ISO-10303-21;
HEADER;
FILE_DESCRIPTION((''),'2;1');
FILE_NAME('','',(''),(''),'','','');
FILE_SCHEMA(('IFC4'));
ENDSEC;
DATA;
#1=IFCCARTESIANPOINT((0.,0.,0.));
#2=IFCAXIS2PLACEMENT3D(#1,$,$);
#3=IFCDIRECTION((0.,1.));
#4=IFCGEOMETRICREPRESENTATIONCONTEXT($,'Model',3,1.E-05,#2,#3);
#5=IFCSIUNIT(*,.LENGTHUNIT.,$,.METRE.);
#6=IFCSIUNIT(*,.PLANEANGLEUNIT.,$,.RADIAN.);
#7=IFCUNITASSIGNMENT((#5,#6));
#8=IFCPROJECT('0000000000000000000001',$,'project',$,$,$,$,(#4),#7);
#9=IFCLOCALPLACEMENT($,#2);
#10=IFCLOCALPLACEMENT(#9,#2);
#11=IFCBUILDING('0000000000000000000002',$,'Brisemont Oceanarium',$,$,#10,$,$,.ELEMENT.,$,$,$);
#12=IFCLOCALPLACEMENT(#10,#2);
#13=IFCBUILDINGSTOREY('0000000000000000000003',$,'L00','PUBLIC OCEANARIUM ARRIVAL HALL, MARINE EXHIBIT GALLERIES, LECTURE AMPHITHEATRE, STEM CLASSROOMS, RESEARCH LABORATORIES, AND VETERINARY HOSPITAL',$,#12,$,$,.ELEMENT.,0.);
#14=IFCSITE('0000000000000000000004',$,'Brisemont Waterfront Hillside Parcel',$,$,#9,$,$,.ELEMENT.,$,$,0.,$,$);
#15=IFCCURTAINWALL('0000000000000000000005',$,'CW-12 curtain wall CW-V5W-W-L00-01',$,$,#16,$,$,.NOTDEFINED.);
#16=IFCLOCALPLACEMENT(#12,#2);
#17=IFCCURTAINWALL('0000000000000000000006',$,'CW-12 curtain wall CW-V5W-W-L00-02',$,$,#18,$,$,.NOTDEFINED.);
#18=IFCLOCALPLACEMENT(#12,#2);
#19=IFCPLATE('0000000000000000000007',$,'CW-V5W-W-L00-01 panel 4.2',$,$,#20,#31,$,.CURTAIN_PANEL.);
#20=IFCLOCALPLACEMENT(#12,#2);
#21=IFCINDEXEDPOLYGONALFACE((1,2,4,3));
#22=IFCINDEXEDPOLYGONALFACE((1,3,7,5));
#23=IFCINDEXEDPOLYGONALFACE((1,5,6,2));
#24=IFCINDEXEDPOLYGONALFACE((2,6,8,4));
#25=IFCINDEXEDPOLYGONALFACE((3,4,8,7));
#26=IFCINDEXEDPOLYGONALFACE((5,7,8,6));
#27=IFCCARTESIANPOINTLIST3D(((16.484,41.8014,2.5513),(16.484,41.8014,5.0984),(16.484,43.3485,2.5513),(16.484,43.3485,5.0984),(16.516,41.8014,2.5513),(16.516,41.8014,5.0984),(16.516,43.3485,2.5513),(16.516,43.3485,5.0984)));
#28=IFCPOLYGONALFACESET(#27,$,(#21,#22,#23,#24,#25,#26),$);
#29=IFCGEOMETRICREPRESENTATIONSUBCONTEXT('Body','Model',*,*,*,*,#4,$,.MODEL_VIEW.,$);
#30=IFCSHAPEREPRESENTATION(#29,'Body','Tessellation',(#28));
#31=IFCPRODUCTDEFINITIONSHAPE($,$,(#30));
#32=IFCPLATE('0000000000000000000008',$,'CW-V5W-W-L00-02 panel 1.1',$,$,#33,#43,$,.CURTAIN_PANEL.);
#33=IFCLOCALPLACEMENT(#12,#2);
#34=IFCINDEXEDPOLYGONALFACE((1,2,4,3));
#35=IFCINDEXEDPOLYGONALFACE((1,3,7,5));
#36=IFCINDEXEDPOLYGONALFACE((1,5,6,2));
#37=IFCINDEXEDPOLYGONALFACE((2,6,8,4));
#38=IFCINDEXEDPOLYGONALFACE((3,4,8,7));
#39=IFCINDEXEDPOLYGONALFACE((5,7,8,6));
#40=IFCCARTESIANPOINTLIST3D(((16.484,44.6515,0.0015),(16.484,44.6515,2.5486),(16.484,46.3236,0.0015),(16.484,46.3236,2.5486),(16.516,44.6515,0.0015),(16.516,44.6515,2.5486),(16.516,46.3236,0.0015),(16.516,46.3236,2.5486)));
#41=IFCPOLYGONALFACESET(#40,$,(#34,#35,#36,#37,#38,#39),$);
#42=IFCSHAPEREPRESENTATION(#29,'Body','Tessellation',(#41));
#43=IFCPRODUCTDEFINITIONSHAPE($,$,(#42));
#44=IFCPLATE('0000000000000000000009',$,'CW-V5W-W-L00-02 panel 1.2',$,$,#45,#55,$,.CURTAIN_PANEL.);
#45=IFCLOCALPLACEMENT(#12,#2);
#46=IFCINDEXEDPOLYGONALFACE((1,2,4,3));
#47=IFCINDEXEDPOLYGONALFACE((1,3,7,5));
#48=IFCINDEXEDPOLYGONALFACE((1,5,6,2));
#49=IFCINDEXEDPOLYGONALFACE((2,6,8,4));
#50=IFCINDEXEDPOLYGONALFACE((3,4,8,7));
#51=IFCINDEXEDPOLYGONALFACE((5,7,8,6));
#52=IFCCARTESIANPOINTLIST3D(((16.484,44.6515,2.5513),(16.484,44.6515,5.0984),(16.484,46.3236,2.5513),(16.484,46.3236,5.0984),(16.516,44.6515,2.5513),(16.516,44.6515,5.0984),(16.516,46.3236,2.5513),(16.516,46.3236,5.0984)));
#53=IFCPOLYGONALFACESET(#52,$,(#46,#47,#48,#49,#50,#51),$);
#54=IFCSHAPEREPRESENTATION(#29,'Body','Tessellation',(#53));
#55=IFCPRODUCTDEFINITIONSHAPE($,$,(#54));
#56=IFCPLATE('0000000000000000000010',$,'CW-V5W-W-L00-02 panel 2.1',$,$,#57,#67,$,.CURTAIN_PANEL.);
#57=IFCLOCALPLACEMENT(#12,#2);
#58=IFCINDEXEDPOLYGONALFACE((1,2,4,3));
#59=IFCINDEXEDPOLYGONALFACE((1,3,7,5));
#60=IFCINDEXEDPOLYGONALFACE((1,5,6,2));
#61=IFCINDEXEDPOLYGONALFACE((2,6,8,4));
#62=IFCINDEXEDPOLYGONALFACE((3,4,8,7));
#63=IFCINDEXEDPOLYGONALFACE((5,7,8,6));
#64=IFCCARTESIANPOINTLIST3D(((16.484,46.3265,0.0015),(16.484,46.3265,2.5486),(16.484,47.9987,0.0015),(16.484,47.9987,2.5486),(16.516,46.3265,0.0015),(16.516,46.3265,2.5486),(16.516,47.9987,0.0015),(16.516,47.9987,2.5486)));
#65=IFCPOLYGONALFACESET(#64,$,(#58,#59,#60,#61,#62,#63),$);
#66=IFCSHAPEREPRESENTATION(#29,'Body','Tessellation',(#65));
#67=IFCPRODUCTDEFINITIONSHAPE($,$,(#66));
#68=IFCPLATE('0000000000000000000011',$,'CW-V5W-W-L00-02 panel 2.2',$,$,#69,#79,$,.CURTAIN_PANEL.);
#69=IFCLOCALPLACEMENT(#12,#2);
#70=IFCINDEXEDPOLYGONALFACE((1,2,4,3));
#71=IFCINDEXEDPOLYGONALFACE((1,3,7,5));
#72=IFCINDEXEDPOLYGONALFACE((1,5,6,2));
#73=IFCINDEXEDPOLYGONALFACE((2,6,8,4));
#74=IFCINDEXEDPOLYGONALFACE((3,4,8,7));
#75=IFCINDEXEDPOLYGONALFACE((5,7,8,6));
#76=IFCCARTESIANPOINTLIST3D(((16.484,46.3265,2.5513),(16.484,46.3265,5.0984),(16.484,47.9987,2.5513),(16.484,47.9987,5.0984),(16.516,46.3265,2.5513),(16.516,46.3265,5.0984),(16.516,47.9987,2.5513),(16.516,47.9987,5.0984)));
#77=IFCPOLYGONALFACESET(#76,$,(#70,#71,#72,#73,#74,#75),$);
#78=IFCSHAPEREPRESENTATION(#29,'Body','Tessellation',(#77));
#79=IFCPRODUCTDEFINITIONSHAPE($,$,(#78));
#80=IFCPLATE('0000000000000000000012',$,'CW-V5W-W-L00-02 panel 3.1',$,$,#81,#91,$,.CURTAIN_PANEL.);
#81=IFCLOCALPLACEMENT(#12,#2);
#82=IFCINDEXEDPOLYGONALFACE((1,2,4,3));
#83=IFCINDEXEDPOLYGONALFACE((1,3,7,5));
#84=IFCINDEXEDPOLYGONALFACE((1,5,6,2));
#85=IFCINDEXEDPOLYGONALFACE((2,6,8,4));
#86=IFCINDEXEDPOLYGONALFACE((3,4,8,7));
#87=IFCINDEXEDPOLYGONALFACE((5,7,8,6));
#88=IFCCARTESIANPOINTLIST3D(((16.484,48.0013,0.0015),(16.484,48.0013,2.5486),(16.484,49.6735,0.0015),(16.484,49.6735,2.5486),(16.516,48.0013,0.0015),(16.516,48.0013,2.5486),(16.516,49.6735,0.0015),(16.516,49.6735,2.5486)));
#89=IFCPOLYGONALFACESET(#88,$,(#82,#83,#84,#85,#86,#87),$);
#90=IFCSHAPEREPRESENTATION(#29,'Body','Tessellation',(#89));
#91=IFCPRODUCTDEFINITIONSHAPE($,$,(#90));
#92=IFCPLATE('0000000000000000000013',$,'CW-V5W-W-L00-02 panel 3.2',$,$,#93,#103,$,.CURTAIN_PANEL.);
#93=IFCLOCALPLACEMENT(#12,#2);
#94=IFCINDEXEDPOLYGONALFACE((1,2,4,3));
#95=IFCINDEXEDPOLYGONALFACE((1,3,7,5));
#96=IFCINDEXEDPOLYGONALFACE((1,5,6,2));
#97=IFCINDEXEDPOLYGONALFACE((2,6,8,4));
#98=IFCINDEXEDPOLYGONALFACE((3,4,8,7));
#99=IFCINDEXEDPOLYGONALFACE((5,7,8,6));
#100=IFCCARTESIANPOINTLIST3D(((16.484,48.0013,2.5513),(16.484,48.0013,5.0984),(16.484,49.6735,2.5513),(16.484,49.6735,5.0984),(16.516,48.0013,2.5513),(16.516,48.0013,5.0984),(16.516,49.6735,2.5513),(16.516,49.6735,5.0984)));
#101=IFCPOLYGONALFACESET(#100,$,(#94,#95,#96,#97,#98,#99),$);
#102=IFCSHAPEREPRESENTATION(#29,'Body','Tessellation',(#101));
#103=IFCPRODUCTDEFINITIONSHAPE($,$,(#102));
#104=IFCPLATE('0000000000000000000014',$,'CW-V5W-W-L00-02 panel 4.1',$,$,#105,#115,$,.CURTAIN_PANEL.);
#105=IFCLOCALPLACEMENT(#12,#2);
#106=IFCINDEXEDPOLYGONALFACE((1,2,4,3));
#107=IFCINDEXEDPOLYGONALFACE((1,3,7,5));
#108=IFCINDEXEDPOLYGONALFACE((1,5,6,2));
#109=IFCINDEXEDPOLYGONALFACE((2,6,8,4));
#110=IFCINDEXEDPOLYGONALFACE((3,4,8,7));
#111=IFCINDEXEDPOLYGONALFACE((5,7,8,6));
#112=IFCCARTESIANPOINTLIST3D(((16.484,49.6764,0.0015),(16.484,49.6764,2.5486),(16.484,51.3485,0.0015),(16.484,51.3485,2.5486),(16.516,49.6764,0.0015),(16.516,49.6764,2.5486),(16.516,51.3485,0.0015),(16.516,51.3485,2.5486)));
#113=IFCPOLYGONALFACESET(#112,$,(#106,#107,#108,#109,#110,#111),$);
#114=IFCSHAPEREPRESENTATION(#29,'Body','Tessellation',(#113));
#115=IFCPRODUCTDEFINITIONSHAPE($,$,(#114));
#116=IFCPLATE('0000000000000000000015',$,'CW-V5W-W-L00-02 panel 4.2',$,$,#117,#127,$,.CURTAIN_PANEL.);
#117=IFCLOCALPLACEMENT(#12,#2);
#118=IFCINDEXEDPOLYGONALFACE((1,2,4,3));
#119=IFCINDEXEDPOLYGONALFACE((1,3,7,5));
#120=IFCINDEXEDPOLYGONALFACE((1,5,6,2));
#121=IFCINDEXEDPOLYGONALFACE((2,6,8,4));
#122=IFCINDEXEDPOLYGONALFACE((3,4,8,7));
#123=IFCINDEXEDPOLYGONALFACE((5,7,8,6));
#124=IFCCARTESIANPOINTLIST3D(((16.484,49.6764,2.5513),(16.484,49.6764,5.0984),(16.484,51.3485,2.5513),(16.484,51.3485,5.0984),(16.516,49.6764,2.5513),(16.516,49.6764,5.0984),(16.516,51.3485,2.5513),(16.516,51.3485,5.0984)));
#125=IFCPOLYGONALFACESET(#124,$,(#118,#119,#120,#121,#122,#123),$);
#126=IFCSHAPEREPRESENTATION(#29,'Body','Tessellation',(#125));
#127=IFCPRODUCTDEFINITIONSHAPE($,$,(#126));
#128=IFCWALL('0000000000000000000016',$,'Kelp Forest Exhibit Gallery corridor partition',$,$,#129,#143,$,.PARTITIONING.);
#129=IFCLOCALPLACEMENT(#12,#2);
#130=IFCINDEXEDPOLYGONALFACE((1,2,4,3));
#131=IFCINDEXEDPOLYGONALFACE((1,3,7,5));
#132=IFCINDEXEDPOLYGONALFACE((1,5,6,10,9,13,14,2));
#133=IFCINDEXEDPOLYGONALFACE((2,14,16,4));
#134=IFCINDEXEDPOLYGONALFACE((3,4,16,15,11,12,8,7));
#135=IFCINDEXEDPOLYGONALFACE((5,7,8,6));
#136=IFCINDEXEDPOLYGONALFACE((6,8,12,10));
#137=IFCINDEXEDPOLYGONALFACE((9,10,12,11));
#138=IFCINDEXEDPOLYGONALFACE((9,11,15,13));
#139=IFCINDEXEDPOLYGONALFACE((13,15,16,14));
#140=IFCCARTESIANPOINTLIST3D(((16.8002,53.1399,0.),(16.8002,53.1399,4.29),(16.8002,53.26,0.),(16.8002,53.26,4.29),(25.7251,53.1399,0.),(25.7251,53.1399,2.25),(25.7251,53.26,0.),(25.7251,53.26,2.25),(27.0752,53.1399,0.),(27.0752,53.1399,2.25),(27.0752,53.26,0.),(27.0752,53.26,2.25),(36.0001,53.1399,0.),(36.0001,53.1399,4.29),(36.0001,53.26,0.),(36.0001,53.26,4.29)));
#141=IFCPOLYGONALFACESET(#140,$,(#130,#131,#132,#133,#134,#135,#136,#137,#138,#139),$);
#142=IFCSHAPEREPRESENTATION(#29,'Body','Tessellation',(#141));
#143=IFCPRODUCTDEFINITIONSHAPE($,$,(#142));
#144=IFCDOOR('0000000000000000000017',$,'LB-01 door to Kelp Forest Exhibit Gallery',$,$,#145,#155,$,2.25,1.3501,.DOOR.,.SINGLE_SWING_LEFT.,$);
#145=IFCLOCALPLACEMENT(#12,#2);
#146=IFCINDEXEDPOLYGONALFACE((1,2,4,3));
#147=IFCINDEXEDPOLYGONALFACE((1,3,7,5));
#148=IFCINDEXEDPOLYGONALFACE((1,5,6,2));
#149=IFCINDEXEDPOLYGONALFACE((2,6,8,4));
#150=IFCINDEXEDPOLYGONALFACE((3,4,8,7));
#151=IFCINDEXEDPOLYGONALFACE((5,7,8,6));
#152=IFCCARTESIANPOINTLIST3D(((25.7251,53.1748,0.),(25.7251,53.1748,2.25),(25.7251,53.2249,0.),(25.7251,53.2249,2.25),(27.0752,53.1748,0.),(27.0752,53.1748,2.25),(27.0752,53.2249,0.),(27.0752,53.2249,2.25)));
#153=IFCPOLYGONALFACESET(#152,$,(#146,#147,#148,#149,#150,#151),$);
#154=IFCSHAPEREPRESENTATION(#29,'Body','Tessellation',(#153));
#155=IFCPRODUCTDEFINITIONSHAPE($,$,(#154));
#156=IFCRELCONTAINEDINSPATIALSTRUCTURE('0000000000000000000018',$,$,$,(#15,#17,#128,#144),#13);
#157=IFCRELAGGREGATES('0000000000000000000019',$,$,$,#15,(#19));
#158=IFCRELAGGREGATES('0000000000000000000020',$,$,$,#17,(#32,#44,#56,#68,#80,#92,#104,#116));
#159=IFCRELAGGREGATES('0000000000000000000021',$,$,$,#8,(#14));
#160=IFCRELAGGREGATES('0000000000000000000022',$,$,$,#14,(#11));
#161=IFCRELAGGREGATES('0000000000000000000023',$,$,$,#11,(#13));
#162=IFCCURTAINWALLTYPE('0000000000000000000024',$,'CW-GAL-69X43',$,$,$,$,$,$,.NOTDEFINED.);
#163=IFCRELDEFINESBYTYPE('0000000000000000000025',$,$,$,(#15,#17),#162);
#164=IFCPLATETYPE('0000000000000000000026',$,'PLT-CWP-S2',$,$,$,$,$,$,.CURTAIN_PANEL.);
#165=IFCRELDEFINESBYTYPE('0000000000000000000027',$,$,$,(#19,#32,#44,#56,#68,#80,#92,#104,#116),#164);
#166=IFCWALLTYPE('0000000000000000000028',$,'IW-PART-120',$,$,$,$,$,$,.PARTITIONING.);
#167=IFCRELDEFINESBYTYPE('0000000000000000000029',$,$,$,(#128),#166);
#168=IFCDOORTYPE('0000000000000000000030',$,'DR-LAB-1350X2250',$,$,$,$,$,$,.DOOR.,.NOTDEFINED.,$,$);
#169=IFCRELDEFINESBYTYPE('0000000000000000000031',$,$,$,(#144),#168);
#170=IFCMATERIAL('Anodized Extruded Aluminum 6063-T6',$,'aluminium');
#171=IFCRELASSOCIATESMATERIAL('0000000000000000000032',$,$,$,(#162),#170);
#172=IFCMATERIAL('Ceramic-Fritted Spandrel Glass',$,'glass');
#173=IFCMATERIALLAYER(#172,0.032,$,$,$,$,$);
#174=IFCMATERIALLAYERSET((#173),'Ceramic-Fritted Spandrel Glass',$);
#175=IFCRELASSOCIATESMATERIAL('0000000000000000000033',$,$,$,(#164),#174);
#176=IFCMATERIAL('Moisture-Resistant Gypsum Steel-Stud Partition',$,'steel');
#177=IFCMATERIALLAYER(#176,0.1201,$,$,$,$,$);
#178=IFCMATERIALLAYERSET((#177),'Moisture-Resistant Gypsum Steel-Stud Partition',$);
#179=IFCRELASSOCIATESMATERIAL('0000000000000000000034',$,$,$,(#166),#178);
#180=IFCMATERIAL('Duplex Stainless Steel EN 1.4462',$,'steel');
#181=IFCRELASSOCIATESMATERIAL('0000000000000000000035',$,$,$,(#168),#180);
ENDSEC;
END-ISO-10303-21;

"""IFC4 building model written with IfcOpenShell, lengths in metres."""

from ifc_helpers import new_model, si_unit, direction, frame, frame_2d, origin, origin_2d, place, context, subcontext, project, spatial, rectangle, extrude, material, layer, layer_set, type_object, element, fill, aggregate, save


model = new_model("IFC4")

# Units and contexts
model_context = context("Model", 3, precision=1e-05, world=origin(), true_north=direction((0.0, 1.0)))
body_context = subcontext(model_context, "Body", "Model", "MODEL_VIEW")
ifc_project = project(units=[si_unit("LENGTHUNIT", "METRE"), si_unit("PLANEANGLEUNIT", "RADIAN")], contexts=[model_context])

# Site, building, storey
site_placement = place(None, origin())
site = spatial("IfcSite", under=ifc_project, at=site_placement, Name="Brisemont Waterfront Hillside Parcel", CompositionType="ELEMENT", RefElevation=0.0)
building_placement = place(site_placement, origin())
building = spatial("IfcBuilding", under=site, at=building_placement, Name="Brisemont Oceanarium", CompositionType="ELEMENT")
storey_placement = place(building_placement, origin())
storey = spatial("IfcBuildingStorey", under=building, at=storey_placement, Name="L00", Description="PUBLIC OCEANARIUM ARRIVAL HALL, MARINE EXHIBIT GALLERIES, LECTURE AMPHITHEATRE, STEM CLASSROOMS, RESEARCH LABORATORIES, AND VETERINARY HOSPITAL", CompositionType="ELEMENT", Elevation=0.0)

# Curtain walls
ifc_material_1 = material(Name="Anodized Extruded Aluminum 6063-T6", Category="aluminium")
curtain_wall_type = type_object("IfcCurtainWallType", Name="CW-GAL-69X43", PredefinedType="NOTDEFINED", material=ifc_material_1)
curtain_wall_1_placement = place(storey_placement, origin())
curtain_wall_1 = element("IfcCurtainWall", 1, at=curtain_wall_1_placement, inside=storey, type_object=curtain_wall_type, Name="CW-12 curtain wall CW-V5W-W-L00-01", PredefinedType="NOTDEFINED")
curtain_wall_2_placement = place(storey_placement, origin())
curtain_wall_2 = element("IfcCurtainWall", 2, at=curtain_wall_2_placement, inside=storey, type_object=curtain_wall_type, Name="CW-12 curtain wall CW-V5W-W-L00-02", PredefinedType="NOTDEFINED")

# Plates
ifc_material_2 = material(Name="Ceramic-Fritted Spandrel Glass", Category="glass")
ifc_layer_1 = layer(ifc_material_2, 0.032)
ifc_layer_set_1 = layer_set([ifc_layer_1], Name="Ceramic-Fritted Spandrel Glass")
plate_type = type_object("IfcPlateType", Name="PLT-CWP-S2", PredefinedType="CURTAIN_PANEL", material=ifc_layer_set_1)
plate_1_placement = place(storey_placement, frame((16.5, 42.575, 2.5513), z_axis=(0.0, 0.0, 1.0), x_axis=(0.0, 1.0, 0.0)))
plate_1 = element("IfcPlate", 3, at=plate_1_placement, type_object=plate_type, Name="CW-V5W-W-L00-01 panel 4.2", PredefinedType="CURTAIN_PANEL", context=body_context, shape_type="SweptSolid", body=[
    extrude(rectangle(XDim=1.5471, YDim=0.032, at=origin_2d()), origin(), (0.0, 0.0, 1.0), 2.5471),
])
aggregate(curtain_wall_1, [plate_1])
plate_2_placement = place(storey_placement, frame((16.5, 45.4875, 0.0015), z_axis=(0.0, 0.0, 1.0), x_axis=(0.0, 1.0, 0.0)))
plate_2 = element("IfcPlate", 4, at=plate_2_placement, type_object=plate_type, Name="CW-V5W-W-L00-02 panel 1.1", PredefinedType="CURTAIN_PANEL", context=body_context, shape_type="SweptSolid", body=[
    extrude(rectangle(XDim=1.6721, YDim=0.032, at=origin_2d()), origin(), (0.0, 0.0, 1.0), 2.5471),
])
plate_3_placement = place(storey_placement, frame((16.5, 45.4875, 2.5513), z_axis=(0.0, 0.0, 1.0), x_axis=(0.0, 1.0, 0.0)))
plate_3 = element("IfcPlate", 5, at=plate_3_placement, type_object=plate_type, Name="CW-V5W-W-L00-02 panel 1.2", PredefinedType="CURTAIN_PANEL", context=body_context, shape_type="SweptSolid", body=[
    extrude(rectangle(XDim=1.6721, YDim=0.032, at=origin_2d()), origin(), (0.0, 0.0, 1.0), 2.5471),
])
plate_4_placement = place(storey_placement, frame((16.5, 47.1626, 0.0015), z_axis=(0.0, 0.0, 1.0), x_axis=(0.0, 1.0, 0.0)))
plate_4 = element("IfcPlate", 6, at=plate_4_placement, type_object=plate_type, Name="CW-V5W-W-L00-02 panel 2.1", PredefinedType="CURTAIN_PANEL", context=body_context, shape_type="SweptSolid", body=[
    extrude(rectangle(XDim=1.6721, YDim=0.032, at=origin_2d()), origin(), (0.0, 0.0, 1.0), 2.5471),
])
plate_5_placement = place(storey_placement, frame((16.5, 47.1626, 2.5513), z_axis=(0.0, 0.0, 1.0), x_axis=(0.0, 1.0, 0.0)))
plate_5 = element("IfcPlate", 7, at=plate_5_placement, type_object=plate_type, Name="CW-V5W-W-L00-02 panel 2.2", PredefinedType="CURTAIN_PANEL", context=body_context, shape_type="SweptSolid", body=[
    extrude(rectangle(XDim=1.6721, YDim=0.032, at=origin_2d()), origin(), (0.0, 0.0, 1.0), 2.5471),
])
plate_6_placement = place(storey_placement, frame((16.5, 48.8374, 0.0015), z_axis=(0.0, 0.0, 1.0), x_axis=(0.0, 1.0, 0.0)))
plate_6 = element("IfcPlate", 8, at=plate_6_placement, type_object=plate_type, Name="CW-V5W-W-L00-02 panel 3.1", PredefinedType="CURTAIN_PANEL", context=body_context, shape_type="SweptSolid", body=[
    extrude(rectangle(XDim=1.6721, YDim=0.032, at=origin_2d()), origin(), (0.0, 0.0, 1.0), 2.5471),
])
plate_7_placement = place(storey_placement, frame((16.5, 48.8374, 2.5513), z_axis=(0.0, 0.0, 1.0), x_axis=(0.0, 1.0, 0.0)))
plate_7 = element("IfcPlate", 9, at=plate_7_placement, type_object=plate_type, Name="CW-V5W-W-L00-02 panel 3.2", PredefinedType="CURTAIN_PANEL", context=body_context, shape_type="SweptSolid", body=[
    extrude(rectangle(XDim=1.6721, YDim=0.032, at=origin_2d()), origin(), (0.0, 0.0, 1.0), 2.5471),
])
plate_8_placement = place(storey_placement, frame((16.5, 50.5125, 0.0015), z_axis=(0.0, 0.0, 1.0), x_axis=(0.0, 1.0, 0.0)))
plate_8 = element("IfcPlate", 10, at=plate_8_placement, type_object=plate_type, Name="CW-V5W-W-L00-02 panel 4.1", PredefinedType="CURTAIN_PANEL", context=body_context, shape_type="SweptSolid", body=[
    extrude(rectangle(XDim=1.6721, YDim=0.032, at=origin_2d()), origin(), (0.0, 0.0, 1.0), 2.5471),
])
plate_9_placement = place(storey_placement, frame((16.5, 50.5125, 2.5513), z_axis=(0.0, 0.0, 1.0), x_axis=(0.0, 1.0, 0.0)))
plate_9 = element("IfcPlate", 11, at=plate_9_placement, type_object=plate_type, Name="CW-V5W-W-L00-02 panel 4.2", PredefinedType="CURTAIN_PANEL", context=body_context, shape_type="SweptSolid", body=[
    extrude(rectangle(XDim=1.6721, YDim=0.032, at=origin_2d()), origin(), (0.0, 0.0, 1.0), 2.5471),
])
aggregate(curtain_wall_2, [plate_2, plate_3, plate_4, plate_5, plate_6, plate_7, plate_8, plate_9])

# Wall, opening, door
ifc_material_3 = material(Name="Moisture-Resistant Gypsum Steel-Stud Partition", Category="steel")
ifc_layer_2 = layer(ifc_material_3, 0.1201)
ifc_layer_set_2 = layer_set([ifc_layer_2], Name="Moisture-Resistant Gypsum Steel-Stud Partition")
wall_type = type_object("IfcWallType", Name="IW-PART-120", PredefinedType="PARTITIONING", material=ifc_layer_set_2)
wall_placement = place(storey_placement, frame((16.8, 53.2, 0.0), z_axis=(0.0, 0.0, 1.0), x_axis=(1.0, 0.0, 0.0)))
wall = element("IfcWall", 12, at=wall_placement, inside=storey, type_object=wall_type, Name="Kelp Forest Exhibit Gallery corridor partition", PredefinedType="PARTITIONING", context=body_context, shape_type="SweptSolid", body=[
    extrude(rectangle(XDim=19.2, YDim=0.1201, at=frame_2d((9.6001, 0.0))), origin(), (0.0, 0.0, 1.0), 4.29),
])
opening_placement = place(wall_placement, frame((8.925, 0.0, 0.0)))
opening = element("IfcOpeningElement", 13, at=opening_placement, cuts=wall, PredefinedType="OPENING", context=body_context, shape_type="SweptSolid", body=[
    extrude(rectangle(XDim=1.3501, YDim=2.25, at=frame_2d((0.675, 1.125))), frame((0.0, 0.0701, 0.0), z_axis=(0.0, -1.0, 0.0), x_axis=(1.0, 0.0, 0.0)), (0.0, 0.0, 1.0), 0.1401),
])
ifc_material_4 = material(Name="Duplex Stainless Steel EN 1.4462", Category="steel")
door_type = type_object("IfcDoorType", Name="DR-LAB-1350X2250", OperationType="NOTDEFINED", PredefinedType="DOOR", material=ifc_material_4)
door_placement = place(opening_placement, origin())
door = element("IfcDoor", 14, at=door_placement, inside=storey, type_object=door_type, Name="LB-01 door to Kelp Forest Exhibit Gallery", OperationType="SINGLE_SWING_LEFT", OverallHeight=2.25, OverallWidth=1.3501, PredefinedType="DOOR", context=body_context, shape_type="SweptSolid", body=[
    extrude(rectangle(XDim=1.3501, YDim=2.25, at=frame_2d((0.675, 1.125))), frame((0.0, 0.0249, 0.0), z_axis=(0.0, -1.0, 0.0), x_axis=(1.0, 0.0, 0.0)), (0.0, 0.0, 1.0), 0.05),
])
fill(opening, door)

save(model, "model.ifc")
